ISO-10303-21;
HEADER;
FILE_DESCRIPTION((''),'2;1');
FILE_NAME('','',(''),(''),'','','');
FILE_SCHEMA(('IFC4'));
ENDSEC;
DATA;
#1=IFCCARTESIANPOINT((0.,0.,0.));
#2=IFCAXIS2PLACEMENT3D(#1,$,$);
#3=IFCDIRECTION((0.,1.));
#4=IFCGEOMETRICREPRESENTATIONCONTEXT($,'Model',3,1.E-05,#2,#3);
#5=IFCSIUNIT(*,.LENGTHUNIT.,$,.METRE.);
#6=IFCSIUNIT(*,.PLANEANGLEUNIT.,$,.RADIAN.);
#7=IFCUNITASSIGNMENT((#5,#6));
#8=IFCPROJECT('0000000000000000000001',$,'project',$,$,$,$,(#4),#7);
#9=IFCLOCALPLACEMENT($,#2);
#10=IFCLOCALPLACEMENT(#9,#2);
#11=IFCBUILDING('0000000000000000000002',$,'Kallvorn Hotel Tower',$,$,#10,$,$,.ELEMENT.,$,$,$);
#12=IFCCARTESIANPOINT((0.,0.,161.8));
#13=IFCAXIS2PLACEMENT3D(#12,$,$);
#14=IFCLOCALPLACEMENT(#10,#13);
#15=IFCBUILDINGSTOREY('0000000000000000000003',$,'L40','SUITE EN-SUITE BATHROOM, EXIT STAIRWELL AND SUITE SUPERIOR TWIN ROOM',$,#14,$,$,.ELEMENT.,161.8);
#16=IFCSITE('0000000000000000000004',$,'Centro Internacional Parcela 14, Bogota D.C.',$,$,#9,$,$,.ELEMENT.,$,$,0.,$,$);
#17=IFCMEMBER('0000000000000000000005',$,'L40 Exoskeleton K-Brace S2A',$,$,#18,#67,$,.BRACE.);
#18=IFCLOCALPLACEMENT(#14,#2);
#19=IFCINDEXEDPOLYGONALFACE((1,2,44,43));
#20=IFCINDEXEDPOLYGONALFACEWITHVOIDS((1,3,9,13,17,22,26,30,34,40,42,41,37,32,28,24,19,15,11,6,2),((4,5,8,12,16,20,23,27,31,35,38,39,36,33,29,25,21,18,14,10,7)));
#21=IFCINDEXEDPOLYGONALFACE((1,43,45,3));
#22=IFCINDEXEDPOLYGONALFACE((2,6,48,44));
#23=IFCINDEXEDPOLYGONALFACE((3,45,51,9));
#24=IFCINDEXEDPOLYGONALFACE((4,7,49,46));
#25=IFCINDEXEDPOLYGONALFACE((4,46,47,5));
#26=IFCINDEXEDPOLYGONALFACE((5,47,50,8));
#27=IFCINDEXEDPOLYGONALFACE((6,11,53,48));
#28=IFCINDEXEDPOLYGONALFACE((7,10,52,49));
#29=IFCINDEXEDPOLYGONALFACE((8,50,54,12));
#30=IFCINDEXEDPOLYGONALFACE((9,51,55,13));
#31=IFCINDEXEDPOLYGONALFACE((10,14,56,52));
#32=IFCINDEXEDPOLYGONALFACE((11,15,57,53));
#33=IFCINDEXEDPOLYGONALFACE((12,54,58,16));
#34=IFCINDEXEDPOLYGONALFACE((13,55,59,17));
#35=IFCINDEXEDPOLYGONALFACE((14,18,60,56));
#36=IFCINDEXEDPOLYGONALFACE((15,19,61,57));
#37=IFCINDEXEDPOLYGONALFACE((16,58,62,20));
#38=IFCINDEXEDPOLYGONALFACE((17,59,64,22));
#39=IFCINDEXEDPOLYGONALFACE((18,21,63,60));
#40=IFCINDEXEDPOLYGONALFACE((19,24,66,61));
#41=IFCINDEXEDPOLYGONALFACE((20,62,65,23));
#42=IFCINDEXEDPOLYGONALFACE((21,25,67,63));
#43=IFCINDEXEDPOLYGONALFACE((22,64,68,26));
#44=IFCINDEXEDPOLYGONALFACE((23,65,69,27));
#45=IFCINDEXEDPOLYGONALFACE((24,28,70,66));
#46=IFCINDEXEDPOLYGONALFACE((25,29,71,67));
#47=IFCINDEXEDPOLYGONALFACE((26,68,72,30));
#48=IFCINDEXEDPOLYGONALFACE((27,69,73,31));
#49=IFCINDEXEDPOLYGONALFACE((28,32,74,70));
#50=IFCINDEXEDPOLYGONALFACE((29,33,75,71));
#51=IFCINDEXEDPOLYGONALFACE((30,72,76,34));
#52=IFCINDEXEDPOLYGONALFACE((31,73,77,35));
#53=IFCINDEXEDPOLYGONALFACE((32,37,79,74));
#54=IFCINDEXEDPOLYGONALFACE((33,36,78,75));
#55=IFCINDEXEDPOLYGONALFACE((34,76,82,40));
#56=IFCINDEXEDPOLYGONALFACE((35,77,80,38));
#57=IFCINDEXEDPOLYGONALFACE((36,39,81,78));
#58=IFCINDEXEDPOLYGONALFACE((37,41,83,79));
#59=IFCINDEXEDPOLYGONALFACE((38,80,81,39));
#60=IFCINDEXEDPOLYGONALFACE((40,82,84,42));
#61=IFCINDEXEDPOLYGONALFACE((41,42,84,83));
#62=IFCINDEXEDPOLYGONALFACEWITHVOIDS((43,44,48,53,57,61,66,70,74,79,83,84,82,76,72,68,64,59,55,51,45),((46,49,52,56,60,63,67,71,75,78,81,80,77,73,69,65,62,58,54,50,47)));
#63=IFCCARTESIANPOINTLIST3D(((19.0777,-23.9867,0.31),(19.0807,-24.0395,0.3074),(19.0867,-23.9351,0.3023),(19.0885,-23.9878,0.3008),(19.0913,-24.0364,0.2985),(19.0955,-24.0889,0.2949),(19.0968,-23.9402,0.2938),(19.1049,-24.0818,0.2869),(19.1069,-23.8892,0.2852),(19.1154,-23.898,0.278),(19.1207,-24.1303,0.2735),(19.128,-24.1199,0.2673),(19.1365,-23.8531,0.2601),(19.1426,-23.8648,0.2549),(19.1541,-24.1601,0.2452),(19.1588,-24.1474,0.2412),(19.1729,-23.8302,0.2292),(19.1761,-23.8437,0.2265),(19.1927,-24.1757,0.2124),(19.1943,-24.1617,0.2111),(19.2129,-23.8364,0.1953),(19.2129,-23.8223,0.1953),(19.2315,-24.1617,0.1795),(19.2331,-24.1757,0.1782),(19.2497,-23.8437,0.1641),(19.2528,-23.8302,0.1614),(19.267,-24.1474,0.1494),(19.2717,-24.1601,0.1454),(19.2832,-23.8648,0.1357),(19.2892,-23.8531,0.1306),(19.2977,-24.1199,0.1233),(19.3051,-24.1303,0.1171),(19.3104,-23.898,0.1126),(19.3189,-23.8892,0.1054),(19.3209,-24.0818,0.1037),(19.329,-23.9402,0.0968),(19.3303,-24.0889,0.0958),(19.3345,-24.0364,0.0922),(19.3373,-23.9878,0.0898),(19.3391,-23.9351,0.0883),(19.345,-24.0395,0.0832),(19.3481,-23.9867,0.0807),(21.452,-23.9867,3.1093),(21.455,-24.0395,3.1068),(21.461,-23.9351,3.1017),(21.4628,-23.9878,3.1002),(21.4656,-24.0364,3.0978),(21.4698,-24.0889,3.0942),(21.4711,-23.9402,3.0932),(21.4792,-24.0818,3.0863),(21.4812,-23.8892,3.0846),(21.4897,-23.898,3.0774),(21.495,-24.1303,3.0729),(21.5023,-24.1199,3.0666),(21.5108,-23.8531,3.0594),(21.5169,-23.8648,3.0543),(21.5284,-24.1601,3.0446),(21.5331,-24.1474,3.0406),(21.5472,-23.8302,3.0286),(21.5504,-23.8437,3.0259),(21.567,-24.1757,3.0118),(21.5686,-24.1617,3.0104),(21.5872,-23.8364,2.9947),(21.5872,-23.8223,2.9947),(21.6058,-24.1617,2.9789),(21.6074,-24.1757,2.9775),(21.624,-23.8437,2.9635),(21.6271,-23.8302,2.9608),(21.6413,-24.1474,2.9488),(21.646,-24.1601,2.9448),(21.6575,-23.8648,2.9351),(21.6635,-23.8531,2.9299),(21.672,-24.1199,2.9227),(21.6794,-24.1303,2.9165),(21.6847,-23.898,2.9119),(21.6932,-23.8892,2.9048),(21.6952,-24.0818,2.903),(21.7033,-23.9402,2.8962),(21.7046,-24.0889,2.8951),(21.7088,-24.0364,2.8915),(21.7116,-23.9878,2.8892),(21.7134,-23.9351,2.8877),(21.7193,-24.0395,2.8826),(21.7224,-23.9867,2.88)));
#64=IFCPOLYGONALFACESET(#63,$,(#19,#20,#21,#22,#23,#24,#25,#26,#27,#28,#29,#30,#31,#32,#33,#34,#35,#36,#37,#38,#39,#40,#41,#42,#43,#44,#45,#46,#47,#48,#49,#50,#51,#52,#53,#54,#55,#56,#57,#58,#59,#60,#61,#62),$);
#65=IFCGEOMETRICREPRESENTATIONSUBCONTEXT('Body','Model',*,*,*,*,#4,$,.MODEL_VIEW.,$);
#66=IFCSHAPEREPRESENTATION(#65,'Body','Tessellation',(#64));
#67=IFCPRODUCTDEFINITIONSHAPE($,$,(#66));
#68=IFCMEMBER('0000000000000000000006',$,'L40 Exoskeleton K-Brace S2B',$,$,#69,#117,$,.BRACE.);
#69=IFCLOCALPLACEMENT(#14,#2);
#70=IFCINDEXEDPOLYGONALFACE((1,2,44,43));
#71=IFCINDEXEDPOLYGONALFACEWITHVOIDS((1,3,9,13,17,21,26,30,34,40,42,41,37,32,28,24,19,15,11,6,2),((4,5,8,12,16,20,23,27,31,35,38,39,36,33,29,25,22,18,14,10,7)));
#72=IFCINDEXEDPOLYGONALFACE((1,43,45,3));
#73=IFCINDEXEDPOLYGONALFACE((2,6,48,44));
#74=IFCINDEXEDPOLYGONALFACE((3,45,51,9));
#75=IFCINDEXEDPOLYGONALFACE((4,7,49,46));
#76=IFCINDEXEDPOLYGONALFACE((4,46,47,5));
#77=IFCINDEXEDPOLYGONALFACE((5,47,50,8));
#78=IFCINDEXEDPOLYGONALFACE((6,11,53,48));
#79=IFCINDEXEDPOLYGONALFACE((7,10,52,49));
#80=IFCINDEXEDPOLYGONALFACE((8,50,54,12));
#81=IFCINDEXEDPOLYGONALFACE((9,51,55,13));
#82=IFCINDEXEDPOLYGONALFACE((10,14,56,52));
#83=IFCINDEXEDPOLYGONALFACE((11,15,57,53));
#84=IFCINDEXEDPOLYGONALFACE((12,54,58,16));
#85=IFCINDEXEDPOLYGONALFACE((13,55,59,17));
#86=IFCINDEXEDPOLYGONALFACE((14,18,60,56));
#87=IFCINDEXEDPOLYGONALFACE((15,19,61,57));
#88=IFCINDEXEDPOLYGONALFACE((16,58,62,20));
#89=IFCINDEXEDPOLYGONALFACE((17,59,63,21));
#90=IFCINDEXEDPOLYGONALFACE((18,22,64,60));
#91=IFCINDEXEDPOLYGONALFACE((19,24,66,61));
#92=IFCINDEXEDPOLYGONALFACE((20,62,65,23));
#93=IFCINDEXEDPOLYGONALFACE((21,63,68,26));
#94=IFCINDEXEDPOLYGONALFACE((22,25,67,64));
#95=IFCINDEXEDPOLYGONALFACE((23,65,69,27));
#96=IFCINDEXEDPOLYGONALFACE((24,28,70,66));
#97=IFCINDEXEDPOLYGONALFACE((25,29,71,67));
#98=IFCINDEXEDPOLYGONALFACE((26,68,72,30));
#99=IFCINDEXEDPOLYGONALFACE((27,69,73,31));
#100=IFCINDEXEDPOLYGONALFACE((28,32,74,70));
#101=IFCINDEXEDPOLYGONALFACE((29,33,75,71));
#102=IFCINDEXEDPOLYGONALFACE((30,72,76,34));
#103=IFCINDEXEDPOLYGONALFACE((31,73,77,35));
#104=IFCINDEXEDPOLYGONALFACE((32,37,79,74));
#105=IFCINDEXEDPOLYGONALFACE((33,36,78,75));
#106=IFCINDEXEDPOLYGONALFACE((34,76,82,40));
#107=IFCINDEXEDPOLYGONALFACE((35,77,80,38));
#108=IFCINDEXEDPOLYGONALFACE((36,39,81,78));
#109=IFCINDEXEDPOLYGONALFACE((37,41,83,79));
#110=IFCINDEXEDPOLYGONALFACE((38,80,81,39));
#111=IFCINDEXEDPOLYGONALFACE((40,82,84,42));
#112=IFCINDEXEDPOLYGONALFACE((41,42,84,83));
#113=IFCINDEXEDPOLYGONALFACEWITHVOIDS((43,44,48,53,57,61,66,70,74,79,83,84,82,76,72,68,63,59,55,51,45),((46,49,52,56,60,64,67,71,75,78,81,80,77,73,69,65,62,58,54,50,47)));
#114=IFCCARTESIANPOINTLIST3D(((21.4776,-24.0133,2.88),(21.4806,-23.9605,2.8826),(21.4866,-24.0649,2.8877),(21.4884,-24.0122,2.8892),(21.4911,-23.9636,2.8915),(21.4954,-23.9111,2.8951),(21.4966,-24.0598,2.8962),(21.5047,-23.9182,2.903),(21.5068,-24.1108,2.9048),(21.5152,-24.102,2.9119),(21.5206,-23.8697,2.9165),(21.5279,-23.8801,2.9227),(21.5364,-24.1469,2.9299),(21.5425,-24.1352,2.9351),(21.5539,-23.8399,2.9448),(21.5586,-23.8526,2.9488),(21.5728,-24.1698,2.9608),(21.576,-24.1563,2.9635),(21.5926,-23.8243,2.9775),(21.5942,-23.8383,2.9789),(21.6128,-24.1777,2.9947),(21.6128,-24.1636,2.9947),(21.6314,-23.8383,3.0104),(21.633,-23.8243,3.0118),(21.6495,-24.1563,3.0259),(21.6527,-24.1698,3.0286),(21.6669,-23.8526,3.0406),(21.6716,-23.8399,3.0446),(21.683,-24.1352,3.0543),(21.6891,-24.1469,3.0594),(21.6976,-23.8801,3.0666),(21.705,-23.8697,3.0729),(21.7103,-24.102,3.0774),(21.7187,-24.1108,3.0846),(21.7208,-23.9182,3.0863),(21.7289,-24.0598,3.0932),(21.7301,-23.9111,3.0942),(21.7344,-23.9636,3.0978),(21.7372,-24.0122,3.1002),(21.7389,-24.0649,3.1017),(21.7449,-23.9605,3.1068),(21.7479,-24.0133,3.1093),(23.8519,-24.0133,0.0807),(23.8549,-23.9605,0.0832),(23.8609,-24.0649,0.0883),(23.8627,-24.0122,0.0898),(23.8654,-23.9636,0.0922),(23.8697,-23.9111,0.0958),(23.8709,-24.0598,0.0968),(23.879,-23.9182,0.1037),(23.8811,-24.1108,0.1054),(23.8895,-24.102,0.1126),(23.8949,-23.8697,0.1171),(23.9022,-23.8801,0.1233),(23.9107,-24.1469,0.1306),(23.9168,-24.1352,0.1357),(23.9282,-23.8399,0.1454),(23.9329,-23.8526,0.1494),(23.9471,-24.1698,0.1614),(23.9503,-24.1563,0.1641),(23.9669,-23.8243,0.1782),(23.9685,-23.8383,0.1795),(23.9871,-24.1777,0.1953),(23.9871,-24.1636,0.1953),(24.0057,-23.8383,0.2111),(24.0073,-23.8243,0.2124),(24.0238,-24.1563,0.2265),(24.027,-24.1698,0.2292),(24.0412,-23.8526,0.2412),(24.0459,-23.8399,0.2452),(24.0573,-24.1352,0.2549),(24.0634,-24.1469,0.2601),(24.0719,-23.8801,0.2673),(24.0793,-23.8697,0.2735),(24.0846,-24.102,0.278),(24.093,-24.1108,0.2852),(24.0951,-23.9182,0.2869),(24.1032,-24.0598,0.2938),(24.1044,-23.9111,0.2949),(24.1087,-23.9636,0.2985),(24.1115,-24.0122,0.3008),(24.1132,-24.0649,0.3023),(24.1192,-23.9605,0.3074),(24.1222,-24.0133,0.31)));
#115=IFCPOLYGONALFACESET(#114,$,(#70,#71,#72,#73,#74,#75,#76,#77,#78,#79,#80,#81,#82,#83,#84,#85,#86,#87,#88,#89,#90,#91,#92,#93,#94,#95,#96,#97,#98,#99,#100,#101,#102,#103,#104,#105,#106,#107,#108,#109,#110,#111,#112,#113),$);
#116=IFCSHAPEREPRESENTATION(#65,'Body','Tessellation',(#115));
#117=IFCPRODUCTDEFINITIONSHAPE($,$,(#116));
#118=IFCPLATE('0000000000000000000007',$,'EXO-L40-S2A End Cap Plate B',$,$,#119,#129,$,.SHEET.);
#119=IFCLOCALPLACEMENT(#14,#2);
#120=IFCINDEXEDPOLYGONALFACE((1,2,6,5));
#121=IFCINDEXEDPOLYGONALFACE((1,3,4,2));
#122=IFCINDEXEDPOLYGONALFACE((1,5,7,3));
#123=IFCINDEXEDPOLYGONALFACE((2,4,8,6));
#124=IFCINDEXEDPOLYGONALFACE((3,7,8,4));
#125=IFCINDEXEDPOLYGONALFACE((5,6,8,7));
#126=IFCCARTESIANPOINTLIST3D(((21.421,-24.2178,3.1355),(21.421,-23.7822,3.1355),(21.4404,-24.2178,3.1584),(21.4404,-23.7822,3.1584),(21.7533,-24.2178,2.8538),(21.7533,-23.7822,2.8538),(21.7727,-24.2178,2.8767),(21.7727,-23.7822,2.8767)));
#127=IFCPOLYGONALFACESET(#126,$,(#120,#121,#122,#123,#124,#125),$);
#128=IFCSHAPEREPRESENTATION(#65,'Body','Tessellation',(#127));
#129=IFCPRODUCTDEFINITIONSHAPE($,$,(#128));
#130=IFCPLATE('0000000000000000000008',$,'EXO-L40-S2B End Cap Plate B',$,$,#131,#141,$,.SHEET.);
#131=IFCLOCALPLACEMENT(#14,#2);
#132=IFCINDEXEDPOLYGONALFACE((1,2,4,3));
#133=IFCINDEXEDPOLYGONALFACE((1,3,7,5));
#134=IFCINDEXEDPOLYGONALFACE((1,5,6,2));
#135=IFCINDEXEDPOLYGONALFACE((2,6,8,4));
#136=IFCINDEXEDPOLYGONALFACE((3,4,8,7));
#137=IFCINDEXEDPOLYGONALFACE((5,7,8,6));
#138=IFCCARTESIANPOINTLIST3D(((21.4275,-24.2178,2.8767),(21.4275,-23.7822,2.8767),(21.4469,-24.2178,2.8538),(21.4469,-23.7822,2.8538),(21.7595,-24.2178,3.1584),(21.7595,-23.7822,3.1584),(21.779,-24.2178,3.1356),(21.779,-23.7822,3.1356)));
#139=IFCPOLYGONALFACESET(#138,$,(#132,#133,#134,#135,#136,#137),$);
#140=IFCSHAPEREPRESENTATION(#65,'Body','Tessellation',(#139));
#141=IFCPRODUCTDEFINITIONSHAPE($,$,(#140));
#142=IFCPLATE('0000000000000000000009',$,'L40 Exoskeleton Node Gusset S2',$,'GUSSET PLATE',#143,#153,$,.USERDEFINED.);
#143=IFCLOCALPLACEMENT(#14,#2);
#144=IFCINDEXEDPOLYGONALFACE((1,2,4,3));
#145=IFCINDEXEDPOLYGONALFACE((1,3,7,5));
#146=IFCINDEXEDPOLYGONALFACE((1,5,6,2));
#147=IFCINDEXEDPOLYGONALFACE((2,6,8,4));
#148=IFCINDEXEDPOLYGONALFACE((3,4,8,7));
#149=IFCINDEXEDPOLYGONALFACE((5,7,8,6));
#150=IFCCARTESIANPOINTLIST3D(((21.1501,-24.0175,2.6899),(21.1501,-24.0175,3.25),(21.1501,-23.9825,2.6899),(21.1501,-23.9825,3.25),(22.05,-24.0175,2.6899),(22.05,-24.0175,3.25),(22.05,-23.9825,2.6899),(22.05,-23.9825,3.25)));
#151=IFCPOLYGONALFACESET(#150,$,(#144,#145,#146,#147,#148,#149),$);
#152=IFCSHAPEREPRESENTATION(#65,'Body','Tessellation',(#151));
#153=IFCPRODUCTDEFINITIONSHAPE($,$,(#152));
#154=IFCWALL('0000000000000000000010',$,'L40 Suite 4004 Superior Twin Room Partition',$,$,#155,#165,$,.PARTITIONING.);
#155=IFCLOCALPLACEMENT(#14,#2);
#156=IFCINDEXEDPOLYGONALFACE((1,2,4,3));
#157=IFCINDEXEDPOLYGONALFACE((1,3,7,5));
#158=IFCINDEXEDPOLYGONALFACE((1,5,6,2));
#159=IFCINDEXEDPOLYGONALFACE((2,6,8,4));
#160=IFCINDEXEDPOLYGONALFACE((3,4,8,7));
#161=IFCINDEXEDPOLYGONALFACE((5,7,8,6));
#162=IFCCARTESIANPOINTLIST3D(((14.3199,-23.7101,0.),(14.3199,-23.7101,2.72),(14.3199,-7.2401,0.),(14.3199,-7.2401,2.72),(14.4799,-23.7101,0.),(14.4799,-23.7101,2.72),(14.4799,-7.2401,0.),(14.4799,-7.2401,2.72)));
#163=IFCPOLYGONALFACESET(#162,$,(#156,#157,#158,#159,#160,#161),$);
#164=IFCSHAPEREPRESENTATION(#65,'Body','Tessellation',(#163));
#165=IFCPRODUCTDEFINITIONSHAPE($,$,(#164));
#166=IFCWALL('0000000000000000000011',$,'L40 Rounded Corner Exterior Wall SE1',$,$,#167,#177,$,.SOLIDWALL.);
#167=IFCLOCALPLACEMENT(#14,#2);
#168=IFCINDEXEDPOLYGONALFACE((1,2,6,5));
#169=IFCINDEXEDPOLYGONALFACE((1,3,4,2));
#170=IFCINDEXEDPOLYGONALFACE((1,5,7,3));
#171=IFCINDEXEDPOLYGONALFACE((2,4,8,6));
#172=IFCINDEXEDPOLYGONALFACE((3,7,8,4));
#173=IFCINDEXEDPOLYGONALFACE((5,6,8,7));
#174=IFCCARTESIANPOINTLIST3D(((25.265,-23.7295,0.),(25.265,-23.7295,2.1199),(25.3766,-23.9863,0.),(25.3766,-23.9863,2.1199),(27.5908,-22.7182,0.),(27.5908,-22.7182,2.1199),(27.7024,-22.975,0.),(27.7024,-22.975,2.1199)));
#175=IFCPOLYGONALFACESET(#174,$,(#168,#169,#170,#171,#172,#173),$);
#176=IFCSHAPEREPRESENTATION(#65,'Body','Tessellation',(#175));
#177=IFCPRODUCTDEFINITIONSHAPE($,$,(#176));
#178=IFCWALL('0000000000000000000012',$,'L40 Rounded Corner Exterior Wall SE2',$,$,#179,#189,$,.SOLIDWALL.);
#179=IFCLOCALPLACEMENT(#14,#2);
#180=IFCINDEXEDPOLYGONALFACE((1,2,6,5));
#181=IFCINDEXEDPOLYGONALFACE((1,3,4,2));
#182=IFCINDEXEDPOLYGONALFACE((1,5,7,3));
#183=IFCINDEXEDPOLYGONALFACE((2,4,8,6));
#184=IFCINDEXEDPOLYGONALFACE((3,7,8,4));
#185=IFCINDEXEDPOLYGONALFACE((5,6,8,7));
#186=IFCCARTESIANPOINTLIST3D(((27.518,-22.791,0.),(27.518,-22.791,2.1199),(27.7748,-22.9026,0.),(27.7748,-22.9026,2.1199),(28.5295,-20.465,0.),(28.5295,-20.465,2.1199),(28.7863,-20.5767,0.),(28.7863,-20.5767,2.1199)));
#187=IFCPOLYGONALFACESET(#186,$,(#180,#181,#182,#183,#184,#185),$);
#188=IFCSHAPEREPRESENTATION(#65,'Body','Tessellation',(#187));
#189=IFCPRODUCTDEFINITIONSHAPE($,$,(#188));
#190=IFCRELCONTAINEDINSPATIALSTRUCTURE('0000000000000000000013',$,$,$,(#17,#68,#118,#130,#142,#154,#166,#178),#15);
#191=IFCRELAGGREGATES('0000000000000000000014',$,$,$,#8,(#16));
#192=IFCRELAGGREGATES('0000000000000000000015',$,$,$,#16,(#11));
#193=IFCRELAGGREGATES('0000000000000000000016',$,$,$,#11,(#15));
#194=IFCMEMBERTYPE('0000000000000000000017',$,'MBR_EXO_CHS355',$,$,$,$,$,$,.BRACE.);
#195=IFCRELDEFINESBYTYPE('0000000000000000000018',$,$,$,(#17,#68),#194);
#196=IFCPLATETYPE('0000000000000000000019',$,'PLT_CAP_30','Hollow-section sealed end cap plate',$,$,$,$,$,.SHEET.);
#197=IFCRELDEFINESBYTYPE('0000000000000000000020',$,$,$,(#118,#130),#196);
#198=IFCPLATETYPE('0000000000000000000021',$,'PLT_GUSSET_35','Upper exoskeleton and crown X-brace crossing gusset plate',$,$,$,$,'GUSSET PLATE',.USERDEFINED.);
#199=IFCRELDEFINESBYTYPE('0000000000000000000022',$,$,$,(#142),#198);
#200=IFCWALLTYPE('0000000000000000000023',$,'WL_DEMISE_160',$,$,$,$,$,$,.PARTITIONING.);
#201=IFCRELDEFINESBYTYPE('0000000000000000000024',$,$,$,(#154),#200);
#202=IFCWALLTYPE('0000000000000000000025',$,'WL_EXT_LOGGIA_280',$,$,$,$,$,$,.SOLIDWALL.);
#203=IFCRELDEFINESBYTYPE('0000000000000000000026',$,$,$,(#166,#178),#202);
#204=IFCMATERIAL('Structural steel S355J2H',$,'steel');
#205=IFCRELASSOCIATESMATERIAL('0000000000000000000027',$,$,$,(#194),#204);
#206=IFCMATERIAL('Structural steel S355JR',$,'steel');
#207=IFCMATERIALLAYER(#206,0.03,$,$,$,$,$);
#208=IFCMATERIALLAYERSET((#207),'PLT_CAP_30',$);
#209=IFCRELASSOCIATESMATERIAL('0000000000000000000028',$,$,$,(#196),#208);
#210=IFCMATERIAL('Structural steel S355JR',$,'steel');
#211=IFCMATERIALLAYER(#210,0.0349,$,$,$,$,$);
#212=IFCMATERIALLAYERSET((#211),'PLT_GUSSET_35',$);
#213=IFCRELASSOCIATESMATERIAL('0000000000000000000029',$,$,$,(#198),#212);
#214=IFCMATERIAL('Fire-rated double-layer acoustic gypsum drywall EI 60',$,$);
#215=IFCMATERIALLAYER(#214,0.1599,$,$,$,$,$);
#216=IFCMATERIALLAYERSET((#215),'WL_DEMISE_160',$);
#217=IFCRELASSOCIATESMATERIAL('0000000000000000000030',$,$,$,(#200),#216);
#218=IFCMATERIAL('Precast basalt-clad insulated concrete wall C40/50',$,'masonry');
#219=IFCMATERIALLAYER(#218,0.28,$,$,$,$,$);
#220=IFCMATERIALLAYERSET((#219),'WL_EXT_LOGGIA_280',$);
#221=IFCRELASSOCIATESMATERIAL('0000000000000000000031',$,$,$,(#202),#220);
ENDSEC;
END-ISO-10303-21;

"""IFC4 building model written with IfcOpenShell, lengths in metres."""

from ifc_helpers import new_model, si_unit, direction, frame, frame_2d, origin, origin_2d, place, context, subcontext, project, spatial, polyline, rectangle, hollow_circle, outline, extrude, material, layer, layer_set, material_profile, profile_set, type_object, element, save


model = new_model("IFC4")

# Units and contexts
model_context = context("Model", 3, precision=1e-05, world=origin(), true_north=direction((0.0, 1.0)))
body_context = subcontext(model_context, "Body", "Model", "MODEL_VIEW")
ifc_project = project(units=[si_unit("LENGTHUNIT", "METRE"), si_unit("PLANEANGLEUNIT", "RADIAN")], contexts=[model_context])

# Site, building, storey
site_placement = place(None, origin())
site = spatial("IfcSite", under=ifc_project, at=site_placement, Name="Centro Internacional Parcela 14, Bogota D.C.", CompositionType="ELEMENT", RefElevation=0.0)
building_placement = place(site_placement, origin())
building = spatial("IfcBuilding", under=site, at=building_placement, Name="Kallvorn Hotel Tower", CompositionType="ELEMENT")
storey_placement = place(building_placement, frame((0.0, 0.0, 161.8)))
storey = spatial("IfcBuildingStorey", under=building, at=storey_placement, Name="L40", Description="SUITE EN-SUITE BATHROOM, EXIT STAIRWELL AND SUITE SUPERIOR TWIN ROOM", CompositionType="ELEMENT", Elevation=161.8)

# Members
ifc_material_1 = material(Name="Structural steel S355J2H", Category="steel")
ifc_material_profile_1 = material_profile(ifc_material_1, hollow_circle(Radius=0.1777, WallThickness=0.0142, at=origin_2d()), Name="CHS 355.6x14.2")
ifc_profile_set_1 = profile_set([ifc_material_profile_1], Name="Structural steel S355J2H")
member_type = type_object("IfcMemberType", Name="MBR_EXO_CHS355", PredefinedType="BRACE", material=ifc_profile_set_1)
for number, where, z_axis, x_axis, name in (
    (1, (19.2129, -24.0, 0.1953), (0.646833, 0.0, 0.762631), (0.0, 1.0, 0.0), "L40 Exoskeleton K-Brace S2A"),
    (2, (23.9871, -24.0, 0.1953), (-0.646833, 0.0, 0.762631), (0.0, -1.0, 0.0), "L40 Exoskeleton K-Brace S2B"),
):
    element("IfcMember", number, at=place(storey_placement, frame(where, z_axis=z_axis, x_axis=x_axis)), inside=storey, type_object=member_type, Name=name, PredefinedType="BRACE", context=body_context, shape_type="SweptSolid", body=[
        extrude(hollow_circle(Radius=0.1777, WallThickness=0.0142, at=origin_2d()), origin(), (0.0, 0.0, 1.0), 3.6707),
    ])

# Plates
ifc_material_2 = material(Name="Structural steel S355JR", Category="steel")
ifc_layer_1 = layer(ifc_material_2, 0.03)
ifc_layer_set_1 = layer_set([ifc_layer_1], Name="PLT_CAP_30")
plate_type_1 = type_object("IfcPlateType", Name="PLT_CAP_30", Description="Hollow-section sealed end cap plate", PredefinedType="SHEET", material=ifc_layer_set_1)
plate_1_placement = place(storey_placement, frame((21.7727, -24.2178, 2.8767), z_axis=(0.646721, 0.0, 0.762727), x_axis=(0.0, 1.0, 0.0)))
element("IfcPlate", 3, at=plate_1_placement, inside=storey, type_object=plate_type_1, Name="EXO-L40-S2A End Cap Plate B", PredefinedType="SHEET", context=body_context, shape_type="SweptSolid", body=[
    extrude(outline(polyline([(0.0, 0.0), (0.4355, 0.0), (0.4355, 0.4356), (0.0, 0.4356), (0.0, 0.0)])), origin(), (0.0, 0.0, -1.0), 0.03),
])
plate_2_placement = place(storey_placement, frame((21.4275, -23.7822, 2.8767), z_axis=(-0.646997, 0.0, 0.762492), x_axis=(0.0, -1.0, 0.0)))
element("IfcPlate", 4, at=plate_2_placement, inside=storey, type_object=plate_type_1, Name="EXO-L40-S2B End Cap Plate B", PredefinedType="SHEET", context=body_context, shape_type="SweptSolid", body=[
    extrude(outline(polyline([(0.0, 0.0), (0.4355, 0.0), (0.4355, 0.4355), (0.0, 0.4355), (0.0, 0.0)])), origin(), (0.0, 0.0, -1.0), 0.03),
])
ifc_material_3 = material(Name="Structural steel S355JR", Category="steel")
ifc_layer_2 = layer(ifc_material_3, 0.0349)
ifc_layer_set_2 = layer_set([ifc_layer_2], Name="PLT_GUSSET_35")
plate_type_2 = type_object("IfcPlateType", Name="PLT_GUSSET_35", Description="Upper exoskeleton and crown X-brace crossing gusset plate", ElementType="GUSSET PLATE", PredefinedType="USERDEFINED", material=ifc_layer_set_2)
plate_3_placement = place(storey_placement, frame((21.6001, -24.0, 2.6899), z_axis=(0.0, 0.0, 1.0), x_axis=(1.0, 0.0, 0.0)))
element("IfcPlate", 5, at=plate_3_placement, inside=storey, type_object=plate_type_2, Name="L40 Exoskeleton Node Gusset S2", ObjectType="GUSSET PLATE", PredefinedType="USERDEFINED", context=body_context, shape_type="SweptSolid", body=[
    extrude(rectangle(XDim=0.8999, YDim=0.0349, at=origin_2d()), origin(), (0.0, 0.0, 1.0), 0.5601),
])

# Walls
ifc_material_4 = material(Name="Fire-rated double-layer acoustic gypsum drywall EI 60")
ifc_layer_3 = layer(ifc_material_4, 0.1599)
ifc_layer_set_3 = layer_set([ifc_layer_3], Name="WL_DEMISE_160")
wall_type_1 = type_object("IfcWallType", Name="WL_DEMISE_160", PredefinedType="PARTITIONING", material=ifc_layer_set_3)
wall_1_placement = place(storey_placement, frame((14.3999, -23.71, 0.0), z_axis=(0.0, 0.0, 1.0), x_axis=(0.0, 1.0, 0.0)))
element("IfcWall", 6, at=wall_1_placement, inside=storey, type_object=wall_type_1, Name="L40 Suite 4004 Superior Twin Room Partition", PredefinedType="PARTITIONING", context=body_context, shape_type="SweptSolid", body=[
    extrude(rectangle(XDim=16.47, YDim=0.1599, at=frame_2d((8.2349, 0.0))), origin(), (0.0, 0.0, 1.0), 2.72),
])
ifc_material_5 = material(Name="Precast basalt-clad insulated concrete wall C40/50", Category="masonry")
ifc_layer_4 = layer(ifc_material_5, 0.28)
ifc_layer_set_4 = layer_set([ifc_layer_4], Name="WL_EXT_LOGGIA_280")
wall_type_2 = type_object("IfcWallType", Name="WL_EXT_LOGGIA_280", PredefinedType="SOLIDWALL", material=ifc_layer_set_4)
wall_2_placement = place(storey_placement, frame((25.3208, -23.8579, 0.0), z_axis=(0.0, 0.0, 1.0), x_axis=(0.917061, 0.398747, 0.0)))
element("IfcWall", 7, at=wall_2_placement, inside=storey, type_object=wall_type_2, Name="L40 Rounded Corner Exterior Wall SE1", PredefinedType="SOLIDWALL", context=body_context, shape_type="SweptSolid", body=[
    extrude(rectangle(XDim=2.5361, YDim=0.28, at=frame_2d((1.2681, 0.0))), origin(), (0.0, 0.0, 1.0), 2.1199),
])
wall_3_placement = place(storey_placement, frame((27.6465, -22.8467, 0.0), z_axis=(0.0, 0.0, 1.0), x_axis=(0.398793, 0.917041, 0.0)))
element("IfcWall", 8, at=wall_3_placement, inside=storey, type_object=wall_type_2, Name="L40 Rounded Corner Exterior Wall SE2", PredefinedType="SOLIDWALL", context=body_context, shape_type="SweptSolid", body=[
    extrude(rectangle(XDim=2.5364, YDim=0.28, at=frame_2d((1.2681, 0.0))), origin(), (0.0, 0.0, 1.0), 2.1199),
])

save(model, "model.ifc")
